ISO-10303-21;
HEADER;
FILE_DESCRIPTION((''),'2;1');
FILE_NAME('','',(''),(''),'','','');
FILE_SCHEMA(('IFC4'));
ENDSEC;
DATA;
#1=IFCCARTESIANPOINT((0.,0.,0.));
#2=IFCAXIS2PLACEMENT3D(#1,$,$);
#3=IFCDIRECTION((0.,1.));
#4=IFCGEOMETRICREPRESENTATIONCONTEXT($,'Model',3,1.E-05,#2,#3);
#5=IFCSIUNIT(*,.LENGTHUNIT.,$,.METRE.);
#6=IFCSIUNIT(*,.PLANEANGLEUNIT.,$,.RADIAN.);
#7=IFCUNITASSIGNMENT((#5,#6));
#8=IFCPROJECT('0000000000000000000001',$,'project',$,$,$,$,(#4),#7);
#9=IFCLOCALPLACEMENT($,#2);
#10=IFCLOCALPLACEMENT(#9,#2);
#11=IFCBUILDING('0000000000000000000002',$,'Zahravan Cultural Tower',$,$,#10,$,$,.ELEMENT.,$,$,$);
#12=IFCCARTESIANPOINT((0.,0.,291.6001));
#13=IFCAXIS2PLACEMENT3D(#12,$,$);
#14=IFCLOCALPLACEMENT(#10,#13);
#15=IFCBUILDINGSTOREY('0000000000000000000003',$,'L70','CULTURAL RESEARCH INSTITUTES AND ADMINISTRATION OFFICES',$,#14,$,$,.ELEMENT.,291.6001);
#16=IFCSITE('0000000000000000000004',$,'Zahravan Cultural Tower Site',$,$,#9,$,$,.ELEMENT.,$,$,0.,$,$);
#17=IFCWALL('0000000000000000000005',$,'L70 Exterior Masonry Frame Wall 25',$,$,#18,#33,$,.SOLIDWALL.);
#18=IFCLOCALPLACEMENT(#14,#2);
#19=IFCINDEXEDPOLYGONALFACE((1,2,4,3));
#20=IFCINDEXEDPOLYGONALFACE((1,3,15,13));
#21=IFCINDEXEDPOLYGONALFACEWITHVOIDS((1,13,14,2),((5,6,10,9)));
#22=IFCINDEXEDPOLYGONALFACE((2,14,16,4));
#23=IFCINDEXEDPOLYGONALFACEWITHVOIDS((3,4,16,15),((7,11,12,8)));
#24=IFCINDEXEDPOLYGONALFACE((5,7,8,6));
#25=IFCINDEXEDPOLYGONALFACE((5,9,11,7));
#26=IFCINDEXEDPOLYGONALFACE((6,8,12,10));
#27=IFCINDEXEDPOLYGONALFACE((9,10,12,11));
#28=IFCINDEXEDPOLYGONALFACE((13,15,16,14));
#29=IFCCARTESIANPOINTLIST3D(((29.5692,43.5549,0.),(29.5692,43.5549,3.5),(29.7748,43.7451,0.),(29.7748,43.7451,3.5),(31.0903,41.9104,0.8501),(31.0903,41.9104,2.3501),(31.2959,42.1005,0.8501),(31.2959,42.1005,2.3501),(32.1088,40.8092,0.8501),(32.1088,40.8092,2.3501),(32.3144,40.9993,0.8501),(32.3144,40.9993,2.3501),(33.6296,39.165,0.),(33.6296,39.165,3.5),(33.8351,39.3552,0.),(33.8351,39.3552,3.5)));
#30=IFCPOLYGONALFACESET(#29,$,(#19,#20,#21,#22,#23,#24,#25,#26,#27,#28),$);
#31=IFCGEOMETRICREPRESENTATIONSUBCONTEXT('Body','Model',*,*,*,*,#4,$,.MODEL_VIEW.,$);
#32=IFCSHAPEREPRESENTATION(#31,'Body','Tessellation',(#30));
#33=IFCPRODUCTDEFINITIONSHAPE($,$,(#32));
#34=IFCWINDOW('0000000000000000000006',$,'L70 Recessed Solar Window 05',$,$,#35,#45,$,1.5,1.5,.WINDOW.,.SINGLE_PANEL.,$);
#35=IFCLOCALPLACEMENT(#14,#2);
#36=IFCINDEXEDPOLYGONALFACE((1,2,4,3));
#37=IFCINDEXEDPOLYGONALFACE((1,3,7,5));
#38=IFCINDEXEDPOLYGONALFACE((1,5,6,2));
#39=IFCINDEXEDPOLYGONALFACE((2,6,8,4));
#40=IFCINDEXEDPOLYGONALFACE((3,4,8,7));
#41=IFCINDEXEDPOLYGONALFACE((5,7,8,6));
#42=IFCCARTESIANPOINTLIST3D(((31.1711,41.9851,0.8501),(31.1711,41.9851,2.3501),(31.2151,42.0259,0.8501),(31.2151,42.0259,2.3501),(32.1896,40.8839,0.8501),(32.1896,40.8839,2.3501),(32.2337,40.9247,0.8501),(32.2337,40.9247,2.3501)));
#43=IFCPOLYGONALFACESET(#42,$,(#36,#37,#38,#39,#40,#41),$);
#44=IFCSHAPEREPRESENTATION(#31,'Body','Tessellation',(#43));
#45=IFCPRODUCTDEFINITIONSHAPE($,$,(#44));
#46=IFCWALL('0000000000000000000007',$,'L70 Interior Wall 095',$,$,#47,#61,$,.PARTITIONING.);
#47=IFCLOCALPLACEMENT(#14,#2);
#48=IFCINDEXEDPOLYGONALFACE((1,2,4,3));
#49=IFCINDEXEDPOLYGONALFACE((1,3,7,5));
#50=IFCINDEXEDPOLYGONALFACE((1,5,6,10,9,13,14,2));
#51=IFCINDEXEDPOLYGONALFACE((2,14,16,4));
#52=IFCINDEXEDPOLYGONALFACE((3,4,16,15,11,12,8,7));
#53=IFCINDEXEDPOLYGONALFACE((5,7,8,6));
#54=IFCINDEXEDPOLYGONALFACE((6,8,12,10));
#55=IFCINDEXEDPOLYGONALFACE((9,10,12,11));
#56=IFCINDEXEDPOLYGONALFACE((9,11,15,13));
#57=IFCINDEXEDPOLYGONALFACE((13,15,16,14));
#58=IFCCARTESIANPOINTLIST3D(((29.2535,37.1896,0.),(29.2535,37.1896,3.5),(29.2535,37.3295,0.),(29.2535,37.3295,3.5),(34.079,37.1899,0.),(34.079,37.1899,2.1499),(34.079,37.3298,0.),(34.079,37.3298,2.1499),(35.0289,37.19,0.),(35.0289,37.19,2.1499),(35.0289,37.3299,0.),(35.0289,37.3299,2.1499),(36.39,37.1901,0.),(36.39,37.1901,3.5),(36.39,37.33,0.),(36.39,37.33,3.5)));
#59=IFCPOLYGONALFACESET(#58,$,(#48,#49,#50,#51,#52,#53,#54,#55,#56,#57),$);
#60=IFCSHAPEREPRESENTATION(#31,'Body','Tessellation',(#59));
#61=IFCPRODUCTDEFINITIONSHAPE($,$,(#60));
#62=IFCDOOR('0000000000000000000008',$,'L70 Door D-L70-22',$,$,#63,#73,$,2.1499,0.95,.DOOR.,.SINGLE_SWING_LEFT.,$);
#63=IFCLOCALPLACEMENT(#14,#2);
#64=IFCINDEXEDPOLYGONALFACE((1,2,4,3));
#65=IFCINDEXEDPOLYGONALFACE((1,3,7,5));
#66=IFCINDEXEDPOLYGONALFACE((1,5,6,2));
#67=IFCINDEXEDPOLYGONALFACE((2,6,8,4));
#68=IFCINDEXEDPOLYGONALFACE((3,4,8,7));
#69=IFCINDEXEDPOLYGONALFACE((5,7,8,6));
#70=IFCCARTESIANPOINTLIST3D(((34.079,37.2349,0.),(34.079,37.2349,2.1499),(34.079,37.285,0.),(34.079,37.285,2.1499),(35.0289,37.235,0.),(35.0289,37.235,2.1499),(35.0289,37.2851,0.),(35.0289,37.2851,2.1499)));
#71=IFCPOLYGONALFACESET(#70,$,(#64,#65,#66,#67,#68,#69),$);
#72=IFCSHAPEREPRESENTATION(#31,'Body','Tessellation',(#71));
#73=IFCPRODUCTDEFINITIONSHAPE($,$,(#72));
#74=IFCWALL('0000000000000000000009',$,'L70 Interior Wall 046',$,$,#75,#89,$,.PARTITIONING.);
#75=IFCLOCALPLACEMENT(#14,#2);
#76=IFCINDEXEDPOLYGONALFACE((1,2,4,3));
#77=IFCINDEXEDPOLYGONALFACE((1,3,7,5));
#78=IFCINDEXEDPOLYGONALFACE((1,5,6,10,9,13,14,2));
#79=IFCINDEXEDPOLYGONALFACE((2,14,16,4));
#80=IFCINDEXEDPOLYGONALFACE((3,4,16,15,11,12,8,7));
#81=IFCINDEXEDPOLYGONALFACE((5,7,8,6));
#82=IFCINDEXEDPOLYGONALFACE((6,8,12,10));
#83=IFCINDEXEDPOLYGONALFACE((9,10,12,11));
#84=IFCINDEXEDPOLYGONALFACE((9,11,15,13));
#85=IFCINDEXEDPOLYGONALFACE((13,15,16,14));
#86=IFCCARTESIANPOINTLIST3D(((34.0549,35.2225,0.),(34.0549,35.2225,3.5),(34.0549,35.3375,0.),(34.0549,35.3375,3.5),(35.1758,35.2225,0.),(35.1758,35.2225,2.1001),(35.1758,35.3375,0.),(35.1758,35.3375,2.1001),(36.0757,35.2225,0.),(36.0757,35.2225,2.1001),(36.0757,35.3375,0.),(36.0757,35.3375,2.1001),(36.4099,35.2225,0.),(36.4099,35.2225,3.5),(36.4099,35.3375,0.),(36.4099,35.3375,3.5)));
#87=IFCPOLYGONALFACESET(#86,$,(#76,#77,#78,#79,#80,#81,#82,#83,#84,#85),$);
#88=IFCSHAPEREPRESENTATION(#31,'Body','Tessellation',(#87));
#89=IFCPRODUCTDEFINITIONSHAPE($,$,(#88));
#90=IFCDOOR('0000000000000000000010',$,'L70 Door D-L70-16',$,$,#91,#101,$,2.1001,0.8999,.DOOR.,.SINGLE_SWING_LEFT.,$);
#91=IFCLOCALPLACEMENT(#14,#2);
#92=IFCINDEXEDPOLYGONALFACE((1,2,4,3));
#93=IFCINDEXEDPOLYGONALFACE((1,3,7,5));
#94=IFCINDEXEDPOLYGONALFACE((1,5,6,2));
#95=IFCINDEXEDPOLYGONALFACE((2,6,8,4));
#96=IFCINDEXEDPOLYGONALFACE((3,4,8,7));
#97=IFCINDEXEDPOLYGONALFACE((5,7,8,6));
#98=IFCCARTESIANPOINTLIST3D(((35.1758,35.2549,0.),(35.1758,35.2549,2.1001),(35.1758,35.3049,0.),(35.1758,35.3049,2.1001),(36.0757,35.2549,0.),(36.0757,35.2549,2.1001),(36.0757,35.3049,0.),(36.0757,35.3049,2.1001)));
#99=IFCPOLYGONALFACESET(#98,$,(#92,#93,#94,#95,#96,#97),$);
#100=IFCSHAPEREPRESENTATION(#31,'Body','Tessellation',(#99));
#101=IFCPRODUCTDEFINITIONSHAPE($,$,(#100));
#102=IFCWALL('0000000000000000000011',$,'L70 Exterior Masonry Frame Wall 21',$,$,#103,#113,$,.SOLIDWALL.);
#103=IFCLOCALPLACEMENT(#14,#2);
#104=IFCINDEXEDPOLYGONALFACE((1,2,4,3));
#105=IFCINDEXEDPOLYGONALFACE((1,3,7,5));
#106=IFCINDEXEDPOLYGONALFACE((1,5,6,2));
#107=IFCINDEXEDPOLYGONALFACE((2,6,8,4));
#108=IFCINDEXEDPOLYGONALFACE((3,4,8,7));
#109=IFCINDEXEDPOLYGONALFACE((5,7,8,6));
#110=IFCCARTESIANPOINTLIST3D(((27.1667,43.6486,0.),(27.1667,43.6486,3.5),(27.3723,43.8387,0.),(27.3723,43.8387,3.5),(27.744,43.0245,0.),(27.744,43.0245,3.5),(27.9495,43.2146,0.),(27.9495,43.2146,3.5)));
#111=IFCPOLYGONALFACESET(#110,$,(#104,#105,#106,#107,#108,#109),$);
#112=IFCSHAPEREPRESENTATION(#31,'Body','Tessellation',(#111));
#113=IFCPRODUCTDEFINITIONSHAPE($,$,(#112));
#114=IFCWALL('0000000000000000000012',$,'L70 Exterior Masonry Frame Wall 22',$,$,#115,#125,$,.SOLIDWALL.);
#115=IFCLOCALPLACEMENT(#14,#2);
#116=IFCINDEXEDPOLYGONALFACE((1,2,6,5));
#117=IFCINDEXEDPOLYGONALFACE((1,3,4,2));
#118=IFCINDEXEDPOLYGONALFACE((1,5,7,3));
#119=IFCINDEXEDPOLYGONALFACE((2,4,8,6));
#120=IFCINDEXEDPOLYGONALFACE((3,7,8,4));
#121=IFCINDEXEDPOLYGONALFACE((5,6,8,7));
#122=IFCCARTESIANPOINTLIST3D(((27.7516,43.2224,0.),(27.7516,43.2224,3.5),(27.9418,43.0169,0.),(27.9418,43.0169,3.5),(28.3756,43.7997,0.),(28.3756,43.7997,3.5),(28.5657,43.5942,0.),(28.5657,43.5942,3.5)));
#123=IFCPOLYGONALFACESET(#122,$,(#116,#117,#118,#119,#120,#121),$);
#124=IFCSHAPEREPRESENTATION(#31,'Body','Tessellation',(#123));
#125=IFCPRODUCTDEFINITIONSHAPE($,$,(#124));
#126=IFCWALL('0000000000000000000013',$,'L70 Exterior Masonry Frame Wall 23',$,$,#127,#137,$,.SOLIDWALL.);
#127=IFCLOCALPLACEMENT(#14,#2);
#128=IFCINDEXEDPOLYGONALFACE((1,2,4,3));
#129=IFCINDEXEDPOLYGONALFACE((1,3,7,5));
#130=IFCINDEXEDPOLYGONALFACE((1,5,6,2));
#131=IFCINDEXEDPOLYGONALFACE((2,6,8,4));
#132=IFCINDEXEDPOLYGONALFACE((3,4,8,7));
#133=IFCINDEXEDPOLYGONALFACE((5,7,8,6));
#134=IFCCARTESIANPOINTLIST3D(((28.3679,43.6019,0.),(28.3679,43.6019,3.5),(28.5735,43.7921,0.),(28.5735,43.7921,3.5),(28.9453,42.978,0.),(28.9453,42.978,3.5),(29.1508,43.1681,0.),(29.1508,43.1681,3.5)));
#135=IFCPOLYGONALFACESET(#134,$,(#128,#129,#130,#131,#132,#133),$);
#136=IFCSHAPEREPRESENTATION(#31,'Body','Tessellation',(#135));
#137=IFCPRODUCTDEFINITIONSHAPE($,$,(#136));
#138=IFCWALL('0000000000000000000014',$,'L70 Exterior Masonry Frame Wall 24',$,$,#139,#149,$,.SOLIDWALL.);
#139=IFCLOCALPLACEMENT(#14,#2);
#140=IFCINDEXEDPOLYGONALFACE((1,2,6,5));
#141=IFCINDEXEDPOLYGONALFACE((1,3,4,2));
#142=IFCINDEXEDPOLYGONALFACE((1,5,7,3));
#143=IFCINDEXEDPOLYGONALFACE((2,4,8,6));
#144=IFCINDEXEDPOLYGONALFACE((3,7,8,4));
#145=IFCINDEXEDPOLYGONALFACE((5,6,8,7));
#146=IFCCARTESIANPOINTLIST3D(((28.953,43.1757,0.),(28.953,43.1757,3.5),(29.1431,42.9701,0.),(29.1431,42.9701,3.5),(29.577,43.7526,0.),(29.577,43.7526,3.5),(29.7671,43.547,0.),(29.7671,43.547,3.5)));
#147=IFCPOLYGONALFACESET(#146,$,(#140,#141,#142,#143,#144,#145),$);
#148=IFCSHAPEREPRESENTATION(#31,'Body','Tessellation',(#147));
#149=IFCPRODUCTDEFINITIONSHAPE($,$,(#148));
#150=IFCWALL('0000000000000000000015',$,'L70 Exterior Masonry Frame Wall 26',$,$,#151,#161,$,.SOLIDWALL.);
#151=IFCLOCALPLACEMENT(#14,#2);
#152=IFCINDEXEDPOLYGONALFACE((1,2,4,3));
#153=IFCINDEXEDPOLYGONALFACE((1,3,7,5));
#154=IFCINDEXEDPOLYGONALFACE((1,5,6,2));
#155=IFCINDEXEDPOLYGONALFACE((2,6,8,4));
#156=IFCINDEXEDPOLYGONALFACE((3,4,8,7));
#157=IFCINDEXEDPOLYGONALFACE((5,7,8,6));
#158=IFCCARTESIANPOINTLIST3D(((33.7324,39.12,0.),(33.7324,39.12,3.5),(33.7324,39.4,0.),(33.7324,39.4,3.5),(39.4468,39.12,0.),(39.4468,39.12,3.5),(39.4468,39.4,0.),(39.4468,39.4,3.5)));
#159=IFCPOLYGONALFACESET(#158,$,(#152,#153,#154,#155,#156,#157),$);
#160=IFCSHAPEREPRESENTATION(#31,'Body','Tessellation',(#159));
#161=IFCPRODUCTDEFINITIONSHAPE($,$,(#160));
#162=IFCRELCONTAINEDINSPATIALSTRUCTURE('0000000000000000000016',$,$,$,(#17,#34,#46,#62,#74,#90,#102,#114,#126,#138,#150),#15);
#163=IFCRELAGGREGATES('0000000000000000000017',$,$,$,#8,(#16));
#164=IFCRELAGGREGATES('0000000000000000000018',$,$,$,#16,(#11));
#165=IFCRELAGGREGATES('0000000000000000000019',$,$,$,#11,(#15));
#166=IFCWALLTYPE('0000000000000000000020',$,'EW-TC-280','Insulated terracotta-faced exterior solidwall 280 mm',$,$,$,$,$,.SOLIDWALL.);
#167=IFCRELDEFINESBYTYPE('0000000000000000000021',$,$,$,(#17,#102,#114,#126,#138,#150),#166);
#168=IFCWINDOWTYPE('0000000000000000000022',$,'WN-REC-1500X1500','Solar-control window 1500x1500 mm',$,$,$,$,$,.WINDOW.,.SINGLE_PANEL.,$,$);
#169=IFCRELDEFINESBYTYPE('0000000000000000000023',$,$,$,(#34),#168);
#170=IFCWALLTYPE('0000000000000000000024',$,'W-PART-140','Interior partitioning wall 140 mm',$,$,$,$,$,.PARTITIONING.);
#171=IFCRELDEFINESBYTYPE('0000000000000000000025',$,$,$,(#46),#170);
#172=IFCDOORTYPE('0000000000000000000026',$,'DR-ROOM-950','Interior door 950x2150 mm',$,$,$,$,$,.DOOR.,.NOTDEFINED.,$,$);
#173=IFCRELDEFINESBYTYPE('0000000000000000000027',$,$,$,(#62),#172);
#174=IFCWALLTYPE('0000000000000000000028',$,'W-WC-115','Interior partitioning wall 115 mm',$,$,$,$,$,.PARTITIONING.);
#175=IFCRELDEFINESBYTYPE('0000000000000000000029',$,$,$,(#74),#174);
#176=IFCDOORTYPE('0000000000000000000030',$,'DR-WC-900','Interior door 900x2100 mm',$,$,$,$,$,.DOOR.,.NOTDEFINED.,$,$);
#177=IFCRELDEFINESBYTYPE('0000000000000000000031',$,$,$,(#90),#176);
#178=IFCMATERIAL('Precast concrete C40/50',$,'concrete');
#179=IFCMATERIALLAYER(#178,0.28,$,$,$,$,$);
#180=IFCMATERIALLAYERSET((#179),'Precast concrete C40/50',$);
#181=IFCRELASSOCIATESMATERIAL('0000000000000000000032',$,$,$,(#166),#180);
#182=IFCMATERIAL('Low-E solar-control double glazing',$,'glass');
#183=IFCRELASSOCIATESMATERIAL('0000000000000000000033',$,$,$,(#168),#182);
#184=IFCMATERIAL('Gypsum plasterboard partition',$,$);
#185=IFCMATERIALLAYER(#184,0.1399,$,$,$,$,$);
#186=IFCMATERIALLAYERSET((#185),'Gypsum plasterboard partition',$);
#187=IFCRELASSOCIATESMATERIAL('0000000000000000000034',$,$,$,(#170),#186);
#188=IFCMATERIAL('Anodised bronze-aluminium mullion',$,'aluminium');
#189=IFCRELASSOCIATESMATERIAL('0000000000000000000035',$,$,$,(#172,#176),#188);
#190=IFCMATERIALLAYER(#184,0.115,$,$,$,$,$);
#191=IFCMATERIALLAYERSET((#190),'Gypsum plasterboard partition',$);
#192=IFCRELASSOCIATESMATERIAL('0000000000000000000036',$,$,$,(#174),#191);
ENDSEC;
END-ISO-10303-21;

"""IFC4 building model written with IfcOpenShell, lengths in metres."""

from ifc_helpers import new_model, si_unit, direction, frame, frame_2d, origin, place, context, subcontext, project, spatial, rectangle, extrude, source, transform, mapped, material, layer, layer_set, type_object, element, fill, save


model = new_model("IFC4")

# Units and contexts
model_context = context("Model", 3, precision=1e-05, world=origin(), true_north=direction((0.0, 1.0)))
body_context = subcontext(model_context, "Body", "Model", "MODEL_VIEW")
ifc_project = project(units=[si_unit("LENGTHUNIT", "METRE"), si_unit("PLANEANGLEUNIT", "RADIAN")], contexts=[model_context])

# Site, building, storey
site_placement = place(None, origin())
site = spatial("IfcSite", under=ifc_project, at=site_placement, Name="Zahravan Cultural Tower Site", CompositionType="ELEMENT", RefElevation=0.0)
building_placement = place(site_placement, origin())
building = spatial("IfcBuilding", under=site, at=building_placement, Name="Zahravan Cultural Tower", CompositionType="ELEMENT")
storey_placement = place(building_placement, frame((0.0, 0.0, 291.6001)))
storey = spatial("IfcBuildingStorey", under=building, at=storey_placement, Name="L70", Description="CULTURAL RESEARCH INSTITUTES AND ADMINISTRATION OFFICES", CompositionType="ELEMENT", Elevation=291.6001)

# Wall, opening, window
ifc_material_1 = material(Name="Precast concrete C40/50", Category="concrete")
ifc_layer_1 = layer(ifc_material_1, 0.28)
ifc_layer_set_1 = layer_set([ifc_layer_1], Name="Precast concrete C40/50")
wall_type_1 = type_object("IfcWallType", Name="EW-TC-280", Description="Insulated terracotta-faced exterior solidwall 280 mm", PredefinedType="SOLIDWALL", material=ifc_layer_set_1)
wall_1_placement = place(storey_placement, frame((29.6721, 43.6499, 0.0), z_axis=(0.0, 0.0, 1.0), x_axis=(0.679011, -0.734128, 0.0)))
wall_1 = element("IfcWall", 1, at=wall_1_placement, inside=storey, type_object=wall_type_1, Name="L70 Exterior Masonry Frame Wall 25", PredefinedType="SOLIDWALL", context=body_context, shape_type="SweptSolid", body=[
    extrude(rectangle(XDim=5.9797, YDim=0.28, at=frame_2d((2.9897, 0.0))), origin(), (0.0, 0.0, 1.0), 3.5),
])
opening_1_placement = place(wall_1_placement, frame((2.24, 0.0, 0.8501)))
opening_1 = element("IfcOpeningElement", 2, at=opening_1_placement, cuts=wall_1, PredefinedType="OPENING", context=body_context, shape_type="SweptSolid", body=[
    extrude(rectangle(XDim=1.5, YDim=1.5, at=frame_2d((0.75, 0.75))), frame((0.0, 0.1499, 0.0), z_axis=(0.0, -1.0, 0.0), x_axis=(1.0, 0.0, 0.0)), (0.0, 0.0, 1.0), 0.3),
])
ifc_material_2 = material(Name="Low-E solar-control double glazing", Category="glass")
window_type = type_object("IfcWindowType", Name="WN-REC-1500X1500", Description="Solar-control window 1500x1500 mm", PartitioningType="SINGLE_PANEL", PredefinedType="WINDOW", material=ifc_material_2)
shared_shape_1 = source(origin(), body_context, "Body", "SweptSolid", [
    extrude(rectangle(XDim=1.5, YDim=1.5, at=frame_2d((0.75, 0.75))), frame((0.0, 0.03, 0.0), z_axis=(0.0, -1.0, 0.0), x_axis=(1.0, 0.0, 0.0)), (0.0, 0.0, 1.0), 0.0601),
])
window_placement = place(opening_1_placement, origin())
window = element("IfcWindow", 3, at=window_placement, inside=storey, type_object=window_type, Name="L70 Recessed Solar Window 05", OverallHeight=1.5, OverallWidth=1.5, PartitioningType="SINGLE_PANEL", PredefinedType="WINDOW", context=body_context, shape_type="MappedRepresentation", body=[
    mapped(shared_shape_1, transform((0.0, 0.0, 0.0), x_axis=(1.0, 0.0, 0.0), y_axis=(0.0, 1.0, 0.0), z_axis=(0.0, 0.0, 1.0), scale=1.0)),
])
fill(opening_1, window)

# Walls, openings, doors
ifc_material_3 = material(Name="Gypsum plasterboard partition")
ifc_layer_2 = layer(ifc_material_3, 0.1399)
ifc_layer_set_2 = layer_set([ifc_layer_2], Name="Gypsum plasterboard partition")
wall_type_2 = type_object("IfcWallType", Name="W-PART-140", Description="Interior partitioning wall 140 mm", PredefinedType="PARTITIONING", material=ifc_layer_set_2)
wall_2_placement = place(storey_placement, frame((36.3901, 37.26, 0.0), z_axis=(0.0, 0.0, 1.0), x_axis=(-1.0, -0.000068, 0.0)))
wall_2 = element("IfcWall", 4, at=wall_2_placement, inside=storey, type_object=wall_type_2, Name="L70 Interior Wall 095", PredefinedType="PARTITIONING", context=body_context, shape_type="SweptSolid", body=[
    extrude(rectangle(XDim=7.1365, YDim=0.1399, at=frame_2d((3.5684, 0.0))), origin(), (0.0, 0.0, 1.0), 3.5),
])
opening_2_placement = place(wall_2_placement, frame((1.3611, 0.0, 0.0)))
opening_2 = element("IfcOpeningElement", 5, at=opening_2_placement, cuts=wall_2, PredefinedType="OPENING", context=body_context, shape_type="SweptSolid", body=[
    extrude(rectangle(XDim=0.95, YDim=2.1499, at=frame_2d((0.4751, 1.075))), frame((0.0, 0.0798, 0.0), z_axis=(0.0, -1.0, 0.0), x_axis=(1.0, 0.0, 0.0)), (0.0, 0.0, 1.0), 0.1599),
])
ifc_material_4 = material(Name="Anodised bronze-aluminium mullion", Category="aluminium")
door_type_1 = type_object("IfcDoorType", Name="DR-ROOM-950", Description="Interior door 950x2150 mm", OperationType="NOTDEFINED", PredefinedType="DOOR", material=ifc_material_4)
shared_shape_2 = source(origin(), body_context, "Body", "SweptSolid", [
    extrude(rectangle(XDim=0.95, YDim=2.1499, at=frame_2d((0.4751, 1.075))), frame((0.0, 0.0249, 0.0), z_axis=(0.0, -1.0, 0.0), x_axis=(1.0, 0.0, 0.0)), (0.0, 0.0, 1.0), 0.05),
])
door_1_placement = place(opening_2_placement, origin())
door_1 = element("IfcDoor", 6, at=door_1_placement, inside=storey, type_object=door_type_1, Name="L70 Door D-L70-22", OperationType="SINGLE_SWING_LEFT", OverallHeight=2.1499, OverallWidth=0.95, PredefinedType="DOOR", context=body_context, shape_type="MappedRepresentation", body=[
    mapped(shared_shape_2, transform((0.0, 0.0, 0.0), x_axis=(1.0, 0.0, 0.0), y_axis=(0.0, 1.0, 0.0), z_axis=(0.0, 0.0, 1.0), scale=1.0)),
])
fill(opening_2, door_1)
ifc_layer_3 = layer(ifc_material_3, 0.115)
ifc_layer_set_3 = layer_set([ifc_layer_3], Name="Gypsum plasterboard partition")
wall_type_3 = type_object("IfcWallType", Name="W-WC-115", Description="Interior partitioning wall 115 mm", PredefinedType="PARTITIONING", material=ifc_layer_set_3)
wall_3_placement = place(storey_placement, frame((34.0549, 35.28, 0.0), z_axis=(0.0, 0.0, 1.0), x_axis=(1.0, 0.0, 0.0)))
wall_3 = element("IfcWall", 7, at=wall_3_placement, inside=storey, type_object=wall_type_3, Name="L70 Interior Wall 046", PredefinedType="PARTITIONING", context=body_context, shape_type="SweptSolid", body=[
    extrude(rectangle(XDim=2.355, YDim=0.115, at=frame_2d((1.1775, 0.0))), origin(), (0.0, 0.0, 1.0), 3.5),
])
opening_3_placement = place(wall_3_placement, frame((1.1208, 0.0, 0.0)))
opening_3 = element("IfcOpeningElement", 8, at=opening_3_placement, cuts=wall_3, PredefinedType="OPENING", context=body_context, shape_type="SweptSolid", body=[
    extrude(rectangle(XDim=0.8999, YDim=2.1001, at=frame_2d((0.45, 1.05))), frame((0.0, 0.0674, 0.0), z_axis=(0.0, -1.0, 0.0), x_axis=(1.0, 0.0, 0.0)), (0.0, 0.0, 1.0), 0.135),
])
door_type_2 = type_object("IfcDoorType", Name="DR-WC-900", Description="Interior door 900x2100 mm", OperationType="NOTDEFINED", PredefinedType="DOOR", material=ifc_material_4)
shared_shape_3 = source(origin(), body_context, "Body", "SweptSolid", [
    extrude(rectangle(XDim=0.8999, YDim=2.1001, at=frame_2d((0.45, 1.05))), frame((0.0, 0.0249, 0.0), z_axis=(0.0, -1.0, 0.0), x_axis=(1.0, 0.0, 0.0)), (0.0, 0.0, 1.0), 0.05),
])
door_2_placement = place(opening_3_placement, origin())
door_2 = element("IfcDoor", 9, at=door_2_placement, inside=storey, type_object=door_type_2, Name="L70 Door D-L70-16", OperationType="SINGLE_SWING_LEFT", OverallHeight=2.1001, OverallWidth=0.8999, PredefinedType="DOOR", context=body_context, shape_type="MappedRepresentation", body=[
    mapped(shared_shape_3, transform((0.0, 0.0, 0.0), x_axis=(1.0, 0.0, 0.0), y_axis=(0.0, 1.0, 0.0), z_axis=(0.0, 0.0, 1.0), scale=1.0)),
])
fill(opening_3, door_2)

# Walls
shared_shape_4 = source(origin(), body_context, "Body", "SweptSolid", [
    extrude(rectangle(XDim=0.8501, YDim=0.28, at=frame_2d((0.425, 0.0))), origin(), (0.0, 0.0, 1.0), 3.5),
])
for number, where, z_axis, x_axis, name in (
    (10, (27.2695, 43.7437, 0.0), (0.0, 0.0, 1.0), (0.678996, -0.734142, 0.0), "L70 Exterior Masonry Frame Wall 21"),
    (11, (27.8467, 43.1196, 0.0), (0.0, 0.0, 1.0), (0.733999, 0.67915, 0.0), "L70 Exterior Masonry Frame Wall 22"),
    (12, (28.4707, 43.697, 0.0), (0.0, 0.0, 1.0), (0.67915, -0.733999, 0.0), "L70 Exterior Masonry Frame Wall 23"),
):
    element("IfcWall", number, at=place(storey_placement, frame(where, z_axis=z_axis, x_axis=x_axis)), inside=storey, type_object=wall_type_1, Name=name, PredefinedType="SOLIDWALL", context=body_context, shape_type="MappedRepresentation", body=[
        mapped(shared_shape_4, transform((0.0, 0.0, 0.0), x_axis=(1.0, 0.0, 0.0), y_axis=(0.0, 1.0, 0.0), z_axis=(0.0, 0.0, 1.0), scale=1.0)),
    ])
shared_shape_5 = source(origin(), body_context, "Body", "SweptSolid", [
    extrude(rectangle(XDim=0.8499, YDim=0.28, at=frame_2d((0.4248, 0.0))), origin(), (0.0, 0.0, 1.0), 3.5),
])
wall_4_placement = place(storey_placement, frame((29.0481, 43.073, 0.0), z_axis=(0.0, 0.0, 1.0), x_axis=(0.734286, 0.678841, 0.0)))
element("IfcWall", 13, at=wall_4_placement, inside=storey, type_object=wall_type_1, Name="L70 Exterior Masonry Frame Wall 24", PredefinedType="SOLIDWALL", context=body_context, shape_type="MappedRepresentation", body=[
    mapped(shared_shape_5, transform((0.0, 0.0, 0.0), x_axis=(1.0, 0.0, 0.0), y_axis=(0.0, 1.0, 0.0), z_axis=(0.0, 0.0, 1.0), scale=1.0)),
])
shared_shape_6 = source(origin(), body_context, "Body", "SweptSolid", [
    extrude(rectangle(XDim=5.7144, YDim=0.28, at=frame_2d((2.8572, 0.0))), origin(), (0.0, 0.0, 1.0), 3.5),
])
wall_5_placement = place(storey_placement, frame((33.7324, 39.26, 0.0), z_axis=(0.0, 0.0, 1.0), x_axis=(1.0, 0.0, 0.0)))
element("IfcWall", 14, at=wall_5_placement, inside=storey, type_object=wall_type_1, Name="L70 Exterior Masonry Frame Wall 26", PredefinedType="SOLIDWALL", context=body_context, shape_type="MappedRepresentation", body=[
    mapped(shared_shape_6, transform((0.0, 0.0, 0.0), x_axis=(1.0, 0.0, 0.0), y_axis=(0.0, 1.0, 0.0), z_axis=(0.0, 0.0, 1.0), scale=1.0)),
])

save(model, "model.ifc")
